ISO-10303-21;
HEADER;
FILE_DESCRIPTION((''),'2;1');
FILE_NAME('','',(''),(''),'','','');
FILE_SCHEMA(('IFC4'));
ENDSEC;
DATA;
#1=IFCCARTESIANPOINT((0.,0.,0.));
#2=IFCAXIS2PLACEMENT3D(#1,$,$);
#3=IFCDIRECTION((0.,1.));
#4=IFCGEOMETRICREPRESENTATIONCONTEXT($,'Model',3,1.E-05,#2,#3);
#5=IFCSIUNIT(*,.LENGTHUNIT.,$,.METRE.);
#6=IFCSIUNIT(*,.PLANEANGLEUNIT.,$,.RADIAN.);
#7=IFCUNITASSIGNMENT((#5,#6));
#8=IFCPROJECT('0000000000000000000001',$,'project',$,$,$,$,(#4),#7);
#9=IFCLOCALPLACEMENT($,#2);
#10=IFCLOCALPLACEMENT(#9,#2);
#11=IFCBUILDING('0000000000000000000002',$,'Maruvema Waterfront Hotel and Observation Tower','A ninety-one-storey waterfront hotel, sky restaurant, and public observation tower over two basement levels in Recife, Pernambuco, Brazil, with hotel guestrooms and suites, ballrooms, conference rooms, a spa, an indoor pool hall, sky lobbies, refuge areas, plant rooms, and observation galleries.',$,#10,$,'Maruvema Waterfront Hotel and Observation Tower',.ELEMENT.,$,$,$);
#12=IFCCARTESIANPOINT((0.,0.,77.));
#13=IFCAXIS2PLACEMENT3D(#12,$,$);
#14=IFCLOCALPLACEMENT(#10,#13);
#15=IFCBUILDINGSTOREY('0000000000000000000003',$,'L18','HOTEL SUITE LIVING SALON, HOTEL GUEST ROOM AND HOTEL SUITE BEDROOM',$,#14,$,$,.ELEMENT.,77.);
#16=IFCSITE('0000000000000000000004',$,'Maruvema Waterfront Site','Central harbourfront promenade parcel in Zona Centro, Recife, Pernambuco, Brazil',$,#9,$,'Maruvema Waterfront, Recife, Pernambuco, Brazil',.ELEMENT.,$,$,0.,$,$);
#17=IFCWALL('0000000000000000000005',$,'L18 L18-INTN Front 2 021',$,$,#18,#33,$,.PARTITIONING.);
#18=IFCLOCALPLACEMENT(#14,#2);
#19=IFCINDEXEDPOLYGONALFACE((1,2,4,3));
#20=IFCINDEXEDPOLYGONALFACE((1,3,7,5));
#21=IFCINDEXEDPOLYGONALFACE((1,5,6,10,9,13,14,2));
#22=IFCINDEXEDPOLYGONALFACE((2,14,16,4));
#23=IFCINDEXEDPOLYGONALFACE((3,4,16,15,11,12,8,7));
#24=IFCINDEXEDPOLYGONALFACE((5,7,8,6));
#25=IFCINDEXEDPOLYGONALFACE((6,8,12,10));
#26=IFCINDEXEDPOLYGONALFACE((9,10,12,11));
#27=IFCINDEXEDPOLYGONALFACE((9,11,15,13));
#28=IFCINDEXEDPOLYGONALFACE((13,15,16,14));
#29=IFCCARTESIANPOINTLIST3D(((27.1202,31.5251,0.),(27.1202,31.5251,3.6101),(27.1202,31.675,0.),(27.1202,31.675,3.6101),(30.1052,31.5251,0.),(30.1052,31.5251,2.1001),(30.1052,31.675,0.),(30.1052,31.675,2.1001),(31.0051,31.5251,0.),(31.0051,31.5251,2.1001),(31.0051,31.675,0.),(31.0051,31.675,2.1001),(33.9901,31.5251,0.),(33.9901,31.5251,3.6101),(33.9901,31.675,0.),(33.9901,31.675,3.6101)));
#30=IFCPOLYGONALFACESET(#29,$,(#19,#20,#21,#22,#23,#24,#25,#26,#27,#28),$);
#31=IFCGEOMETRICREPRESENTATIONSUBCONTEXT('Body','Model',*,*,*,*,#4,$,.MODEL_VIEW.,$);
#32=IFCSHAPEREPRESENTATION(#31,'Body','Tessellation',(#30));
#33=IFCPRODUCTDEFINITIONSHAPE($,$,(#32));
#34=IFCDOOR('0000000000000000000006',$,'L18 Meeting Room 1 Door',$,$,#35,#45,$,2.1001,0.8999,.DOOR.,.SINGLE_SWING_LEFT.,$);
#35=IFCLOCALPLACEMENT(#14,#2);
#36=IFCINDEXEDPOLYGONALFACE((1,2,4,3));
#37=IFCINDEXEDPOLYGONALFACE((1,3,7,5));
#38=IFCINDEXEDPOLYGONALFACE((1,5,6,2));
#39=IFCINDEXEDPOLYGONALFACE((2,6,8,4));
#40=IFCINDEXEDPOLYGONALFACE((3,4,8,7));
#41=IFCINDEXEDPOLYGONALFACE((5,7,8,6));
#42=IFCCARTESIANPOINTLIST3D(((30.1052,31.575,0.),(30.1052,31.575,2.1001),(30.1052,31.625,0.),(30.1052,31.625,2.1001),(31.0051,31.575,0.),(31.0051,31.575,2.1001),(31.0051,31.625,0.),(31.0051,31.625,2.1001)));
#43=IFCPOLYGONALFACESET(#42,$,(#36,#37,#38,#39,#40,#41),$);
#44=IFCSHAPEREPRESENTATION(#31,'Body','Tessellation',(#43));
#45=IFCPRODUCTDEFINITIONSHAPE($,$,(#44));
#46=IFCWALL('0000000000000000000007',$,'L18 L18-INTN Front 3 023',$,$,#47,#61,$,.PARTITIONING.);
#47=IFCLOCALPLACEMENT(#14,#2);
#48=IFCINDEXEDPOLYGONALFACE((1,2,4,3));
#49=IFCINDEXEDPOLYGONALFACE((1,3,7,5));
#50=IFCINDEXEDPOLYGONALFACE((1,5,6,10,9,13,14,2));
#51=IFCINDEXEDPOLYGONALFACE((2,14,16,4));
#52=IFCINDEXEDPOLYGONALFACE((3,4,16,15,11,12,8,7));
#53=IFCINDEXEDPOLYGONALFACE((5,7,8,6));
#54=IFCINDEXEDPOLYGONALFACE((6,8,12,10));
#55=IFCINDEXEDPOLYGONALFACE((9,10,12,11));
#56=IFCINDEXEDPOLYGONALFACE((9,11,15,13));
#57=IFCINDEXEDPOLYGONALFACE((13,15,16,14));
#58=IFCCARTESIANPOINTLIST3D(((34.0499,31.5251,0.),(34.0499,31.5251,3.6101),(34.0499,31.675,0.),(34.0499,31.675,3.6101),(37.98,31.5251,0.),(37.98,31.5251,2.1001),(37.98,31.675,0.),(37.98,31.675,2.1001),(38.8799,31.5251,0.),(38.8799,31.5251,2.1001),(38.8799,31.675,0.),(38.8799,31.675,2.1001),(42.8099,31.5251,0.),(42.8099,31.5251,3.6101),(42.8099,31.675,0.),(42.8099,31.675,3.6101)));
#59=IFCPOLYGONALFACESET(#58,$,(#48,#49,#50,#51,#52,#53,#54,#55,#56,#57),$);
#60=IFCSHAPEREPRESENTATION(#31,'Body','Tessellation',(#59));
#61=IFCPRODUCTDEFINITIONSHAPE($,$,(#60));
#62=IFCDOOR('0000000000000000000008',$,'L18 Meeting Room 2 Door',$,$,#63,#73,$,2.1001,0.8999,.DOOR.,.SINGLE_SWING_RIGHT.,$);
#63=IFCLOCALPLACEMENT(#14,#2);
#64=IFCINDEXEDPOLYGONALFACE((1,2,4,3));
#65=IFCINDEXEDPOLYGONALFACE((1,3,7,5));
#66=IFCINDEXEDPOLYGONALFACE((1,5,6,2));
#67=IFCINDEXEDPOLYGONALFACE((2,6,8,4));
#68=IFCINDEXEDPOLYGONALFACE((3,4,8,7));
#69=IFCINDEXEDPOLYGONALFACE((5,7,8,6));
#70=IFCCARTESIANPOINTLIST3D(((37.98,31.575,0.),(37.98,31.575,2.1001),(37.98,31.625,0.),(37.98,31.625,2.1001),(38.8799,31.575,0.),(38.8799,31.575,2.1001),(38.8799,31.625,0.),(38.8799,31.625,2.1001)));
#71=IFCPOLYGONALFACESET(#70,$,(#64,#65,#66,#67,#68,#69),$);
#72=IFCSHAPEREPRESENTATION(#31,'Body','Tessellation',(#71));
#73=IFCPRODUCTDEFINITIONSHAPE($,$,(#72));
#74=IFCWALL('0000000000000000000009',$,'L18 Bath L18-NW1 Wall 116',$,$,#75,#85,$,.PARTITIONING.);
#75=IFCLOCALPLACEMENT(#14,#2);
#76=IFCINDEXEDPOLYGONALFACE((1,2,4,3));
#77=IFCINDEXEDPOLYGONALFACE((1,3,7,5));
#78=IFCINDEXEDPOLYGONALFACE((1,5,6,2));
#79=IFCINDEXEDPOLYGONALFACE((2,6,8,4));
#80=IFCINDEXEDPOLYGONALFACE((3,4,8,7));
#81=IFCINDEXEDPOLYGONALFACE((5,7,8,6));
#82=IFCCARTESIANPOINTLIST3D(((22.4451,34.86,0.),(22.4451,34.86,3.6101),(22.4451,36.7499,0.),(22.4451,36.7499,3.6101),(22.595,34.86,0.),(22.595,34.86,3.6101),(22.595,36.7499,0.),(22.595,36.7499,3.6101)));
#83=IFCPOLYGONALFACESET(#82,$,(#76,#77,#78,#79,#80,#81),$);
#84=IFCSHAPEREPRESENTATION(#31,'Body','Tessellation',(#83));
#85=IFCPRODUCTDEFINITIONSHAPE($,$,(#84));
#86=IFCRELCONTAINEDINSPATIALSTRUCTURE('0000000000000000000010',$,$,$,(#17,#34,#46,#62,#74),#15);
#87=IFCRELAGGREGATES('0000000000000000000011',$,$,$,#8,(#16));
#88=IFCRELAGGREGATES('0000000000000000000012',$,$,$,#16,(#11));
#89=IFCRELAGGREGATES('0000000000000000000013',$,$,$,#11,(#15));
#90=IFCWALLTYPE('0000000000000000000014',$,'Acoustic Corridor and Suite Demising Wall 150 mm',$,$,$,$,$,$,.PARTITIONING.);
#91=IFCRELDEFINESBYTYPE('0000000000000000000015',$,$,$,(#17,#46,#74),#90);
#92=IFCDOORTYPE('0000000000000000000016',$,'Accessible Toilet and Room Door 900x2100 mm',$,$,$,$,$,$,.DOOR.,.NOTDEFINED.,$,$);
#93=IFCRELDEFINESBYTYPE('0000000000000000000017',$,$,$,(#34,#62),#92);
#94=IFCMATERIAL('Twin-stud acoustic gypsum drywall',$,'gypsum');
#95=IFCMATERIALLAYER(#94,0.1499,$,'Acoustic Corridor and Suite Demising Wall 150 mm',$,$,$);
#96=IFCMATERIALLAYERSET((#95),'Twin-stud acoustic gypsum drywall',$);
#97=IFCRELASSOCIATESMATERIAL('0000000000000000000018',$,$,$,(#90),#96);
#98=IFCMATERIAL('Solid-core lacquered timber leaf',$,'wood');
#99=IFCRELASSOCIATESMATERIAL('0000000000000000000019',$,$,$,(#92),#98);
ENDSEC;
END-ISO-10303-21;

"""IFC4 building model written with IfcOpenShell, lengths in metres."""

from ifc_helpers import new_model, si_unit, direction, frame, frame_2d, origin, place, context, subcontext, project, spatial, rectangle, extrude, material, layer, layer_set, type_object, element, fill, save


model = new_model("IFC4")

# Units and contexts
model_context = context("Model", 3, precision=1e-05, world=origin(), true_north=direction((0.0, 1.0)))
body_context = subcontext(model_context, "Body", "Model", "MODEL_VIEW")
ifc_project = project(units=[si_unit("LENGTHUNIT", "METRE"), si_unit("PLANEANGLEUNIT", "RADIAN")], contexts=[model_context])

# Site, building, storey
site_placement = place(None, origin())
site = spatial("IfcSite", under=ifc_project, at=site_placement, Name="Maruvema Waterfront Site", Description="Central harbourfront promenade parcel in Zona Centro, Recife, Pernambuco, Brazil", LongName="Maruvema Waterfront, Recife, Pernambuco, Brazil", CompositionType="ELEMENT", RefElevation=0.0)
building_placement = place(site_placement, origin())
building = spatial("IfcBuilding", under=site, at=building_placement, Name="Maruvema Waterfront Hotel and Observation Tower", Description="A ninety-one-storey waterfront hotel, sky restaurant, and public observation tower over two basement levels in Recife, Pernambuco, Brazil, with hotel guestrooms and suites, ballrooms, conference rooms, a spa, an indoor pool hall, sky lobbies, refuge areas, plant rooms, and observation galleries.", LongName="Maruvema Waterfront Hotel and Observation Tower", CompositionType="ELEMENT")
storey_placement = place(building_placement, frame((0.0, 0.0, 77.0)))
storey = spatial("IfcBuildingStorey", under=building, at=storey_placement, Name="L18", Description="HOTEL SUITE LIVING SALON, HOTEL GUEST ROOM AND HOTEL SUITE BEDROOM", CompositionType="ELEMENT", Elevation=77.0)

# Walls, openings, doors
ifc_material_1 = material(Name="Twin-stud acoustic gypsum drywall", Category="gypsum")
ifc_layer_1 = layer(ifc_material_1, 0.1499, Name="Acoustic Corridor and Suite Demising Wall 150 mm")
ifc_layer_set_1 = layer_set([ifc_layer_1], Name="Twin-stud acoustic gypsum drywall")
wall_type_1 = type_object("IfcWallType", Name="Acoustic Corridor and Suite Demising Wall 150 mm", PredefinedType="PARTITIONING", material=ifc_layer_set_1)
ifc_material_2 = material(Name="Solid-core lacquered timber leaf", Category="wood")
door_type_1 = type_object("IfcDoorType", Name="Accessible Toilet and Room Door 900x2100 mm", OperationType="NOTDEFINED", PredefinedType="DOOR", material=ifc_material_2)
wall_1_placement = place(storey_placement, frame((27.1201, 31.6001, 0.0), z_axis=(0.0, 0.0, 1.0), x_axis=(1.0, 0.0, 0.0)))
wall_1 = element("IfcWall", 1, at=wall_1_placement, inside=storey, type_object=wall_type_1, Name="L18 L18-INTN Front 2 021", PredefinedType="PARTITIONING", context=body_context, shape_type="SweptSolid", body=[
    extrude(rectangle(XDim=6.8699, YDim=0.1499, at=frame_2d((3.4351, 0.0))), origin(), (0.0, 0.0, 1.0), 3.6101),
])
opening_1_placement = place(wall_1_placement, frame((2.9851, 0.0, 0.0)))
opening_1 = element("IfcOpeningElement", 2, at=opening_1_placement, cuts=wall_1, PredefinedType="OPENING", context=body_context, shape_type="SweptSolid", body=[
    extrude(rectangle(XDim=0.8999, YDim=2.1001, at=frame_2d((0.45, 1.05))), frame((0.0, 0.085, 0.0), z_axis=(0.0, -1.0, 0.0), x_axis=(1.0, 0.0, 0.0)), (0.0, 0.0, 1.0), 0.1699),
])
door_1_placement = place(opening_1_placement, origin())
door_1 = element("IfcDoor", 3, at=door_1_placement, inside=storey, type_object=door_type_1, Name="L18 Meeting Room 1 Door", OperationType="SINGLE_SWING_LEFT", OverallHeight=2.1001, OverallWidth=0.8999, PredefinedType="DOOR", context=body_context, shape_type="SweptSolid", body=[
    extrude(rectangle(XDim=0.8999, YDim=2.1001, at=frame_2d((0.45, 1.05))), frame((0.0, 0.0249, 0.0), z_axis=(0.0, -1.0, 0.0), x_axis=(1.0, 0.0, 0.0)), (0.0, 0.0, 1.0), 0.05),
])
fill(opening_1, door_1)
wall_2_placement = place(storey_placement, frame((34.05, 31.6001, 0.0), z_axis=(0.0, 0.0, 1.0), x_axis=(1.0, 0.0, 0.0)))
wall_2 = element("IfcWall", 4, at=wall_2_placement, inside=storey, type_object=wall_type_1, Name="L18 L18-INTN Front 3 023", PredefinedType="PARTITIONING", context=body_context, shape_type="SweptSolid", body=[
    extrude(rectangle(XDim=8.76, YDim=0.1499, at=frame_2d((4.3799, 0.0))), origin(), (0.0, 0.0, 1.0), 3.6101),
])
opening_2_placement = place(wall_2_placement, frame((3.9299, 0.0, 0.0)))
opening_2 = element("IfcOpeningElement", 5, at=opening_2_placement, cuts=wall_2, PredefinedType="OPENING", context=body_context, shape_type="SweptSolid", body=[
    extrude(rectangle(XDim=0.8999, YDim=2.1001, at=frame_2d((0.45, 1.05))), frame((0.0, 0.085, 0.0), z_axis=(0.0, -1.0, 0.0), x_axis=(1.0, 0.0, 0.0)), (0.0, 0.0, 1.0), 0.1699),
])
door_2_placement = place(opening_2_placement, origin())
door_2 = element("IfcDoor", 6, at=door_2_placement, inside=storey, type_object=door_type_1, Name="L18 Meeting Room 2 Door", OperationType="SINGLE_SWING_RIGHT", OverallHeight=2.1001, OverallWidth=0.8999, PredefinedType="DOOR", context=body_context, shape_type="SweptSolid", body=[
    extrude(rectangle(XDim=0.8999, YDim=2.1001, at=frame_2d((0.45, 1.05))), frame((0.0, 0.0249, 0.0), z_axis=(0.0, -1.0, 0.0), x_axis=(1.0, 0.0, 0.0)), (0.0, 0.0, 1.0), 0.05),
])
fill(opening_2, door_2)

# Wall
wall_3_placement = place(storey_placement, frame((22.52, 34.8601, 0.0), z_axis=(0.0, 0.0, 1.0), x_axis=(0.0, 1.0, 0.0)))
element("IfcWall", 7, at=wall_3_placement, inside=storey, type_object=wall_type_1, Name="L18 Bath L18-NW1 Wall 116", PredefinedType="PARTITIONING", context=body_context, shape_type="SweptSolid", body=[
    extrude(rectangle(XDim=1.8899, YDim=0.1499, at=frame_2d((0.9448, 0.0))), origin(), (0.0, 0.0, 1.0), 3.6101),
])

save(model, "model.ifc")
